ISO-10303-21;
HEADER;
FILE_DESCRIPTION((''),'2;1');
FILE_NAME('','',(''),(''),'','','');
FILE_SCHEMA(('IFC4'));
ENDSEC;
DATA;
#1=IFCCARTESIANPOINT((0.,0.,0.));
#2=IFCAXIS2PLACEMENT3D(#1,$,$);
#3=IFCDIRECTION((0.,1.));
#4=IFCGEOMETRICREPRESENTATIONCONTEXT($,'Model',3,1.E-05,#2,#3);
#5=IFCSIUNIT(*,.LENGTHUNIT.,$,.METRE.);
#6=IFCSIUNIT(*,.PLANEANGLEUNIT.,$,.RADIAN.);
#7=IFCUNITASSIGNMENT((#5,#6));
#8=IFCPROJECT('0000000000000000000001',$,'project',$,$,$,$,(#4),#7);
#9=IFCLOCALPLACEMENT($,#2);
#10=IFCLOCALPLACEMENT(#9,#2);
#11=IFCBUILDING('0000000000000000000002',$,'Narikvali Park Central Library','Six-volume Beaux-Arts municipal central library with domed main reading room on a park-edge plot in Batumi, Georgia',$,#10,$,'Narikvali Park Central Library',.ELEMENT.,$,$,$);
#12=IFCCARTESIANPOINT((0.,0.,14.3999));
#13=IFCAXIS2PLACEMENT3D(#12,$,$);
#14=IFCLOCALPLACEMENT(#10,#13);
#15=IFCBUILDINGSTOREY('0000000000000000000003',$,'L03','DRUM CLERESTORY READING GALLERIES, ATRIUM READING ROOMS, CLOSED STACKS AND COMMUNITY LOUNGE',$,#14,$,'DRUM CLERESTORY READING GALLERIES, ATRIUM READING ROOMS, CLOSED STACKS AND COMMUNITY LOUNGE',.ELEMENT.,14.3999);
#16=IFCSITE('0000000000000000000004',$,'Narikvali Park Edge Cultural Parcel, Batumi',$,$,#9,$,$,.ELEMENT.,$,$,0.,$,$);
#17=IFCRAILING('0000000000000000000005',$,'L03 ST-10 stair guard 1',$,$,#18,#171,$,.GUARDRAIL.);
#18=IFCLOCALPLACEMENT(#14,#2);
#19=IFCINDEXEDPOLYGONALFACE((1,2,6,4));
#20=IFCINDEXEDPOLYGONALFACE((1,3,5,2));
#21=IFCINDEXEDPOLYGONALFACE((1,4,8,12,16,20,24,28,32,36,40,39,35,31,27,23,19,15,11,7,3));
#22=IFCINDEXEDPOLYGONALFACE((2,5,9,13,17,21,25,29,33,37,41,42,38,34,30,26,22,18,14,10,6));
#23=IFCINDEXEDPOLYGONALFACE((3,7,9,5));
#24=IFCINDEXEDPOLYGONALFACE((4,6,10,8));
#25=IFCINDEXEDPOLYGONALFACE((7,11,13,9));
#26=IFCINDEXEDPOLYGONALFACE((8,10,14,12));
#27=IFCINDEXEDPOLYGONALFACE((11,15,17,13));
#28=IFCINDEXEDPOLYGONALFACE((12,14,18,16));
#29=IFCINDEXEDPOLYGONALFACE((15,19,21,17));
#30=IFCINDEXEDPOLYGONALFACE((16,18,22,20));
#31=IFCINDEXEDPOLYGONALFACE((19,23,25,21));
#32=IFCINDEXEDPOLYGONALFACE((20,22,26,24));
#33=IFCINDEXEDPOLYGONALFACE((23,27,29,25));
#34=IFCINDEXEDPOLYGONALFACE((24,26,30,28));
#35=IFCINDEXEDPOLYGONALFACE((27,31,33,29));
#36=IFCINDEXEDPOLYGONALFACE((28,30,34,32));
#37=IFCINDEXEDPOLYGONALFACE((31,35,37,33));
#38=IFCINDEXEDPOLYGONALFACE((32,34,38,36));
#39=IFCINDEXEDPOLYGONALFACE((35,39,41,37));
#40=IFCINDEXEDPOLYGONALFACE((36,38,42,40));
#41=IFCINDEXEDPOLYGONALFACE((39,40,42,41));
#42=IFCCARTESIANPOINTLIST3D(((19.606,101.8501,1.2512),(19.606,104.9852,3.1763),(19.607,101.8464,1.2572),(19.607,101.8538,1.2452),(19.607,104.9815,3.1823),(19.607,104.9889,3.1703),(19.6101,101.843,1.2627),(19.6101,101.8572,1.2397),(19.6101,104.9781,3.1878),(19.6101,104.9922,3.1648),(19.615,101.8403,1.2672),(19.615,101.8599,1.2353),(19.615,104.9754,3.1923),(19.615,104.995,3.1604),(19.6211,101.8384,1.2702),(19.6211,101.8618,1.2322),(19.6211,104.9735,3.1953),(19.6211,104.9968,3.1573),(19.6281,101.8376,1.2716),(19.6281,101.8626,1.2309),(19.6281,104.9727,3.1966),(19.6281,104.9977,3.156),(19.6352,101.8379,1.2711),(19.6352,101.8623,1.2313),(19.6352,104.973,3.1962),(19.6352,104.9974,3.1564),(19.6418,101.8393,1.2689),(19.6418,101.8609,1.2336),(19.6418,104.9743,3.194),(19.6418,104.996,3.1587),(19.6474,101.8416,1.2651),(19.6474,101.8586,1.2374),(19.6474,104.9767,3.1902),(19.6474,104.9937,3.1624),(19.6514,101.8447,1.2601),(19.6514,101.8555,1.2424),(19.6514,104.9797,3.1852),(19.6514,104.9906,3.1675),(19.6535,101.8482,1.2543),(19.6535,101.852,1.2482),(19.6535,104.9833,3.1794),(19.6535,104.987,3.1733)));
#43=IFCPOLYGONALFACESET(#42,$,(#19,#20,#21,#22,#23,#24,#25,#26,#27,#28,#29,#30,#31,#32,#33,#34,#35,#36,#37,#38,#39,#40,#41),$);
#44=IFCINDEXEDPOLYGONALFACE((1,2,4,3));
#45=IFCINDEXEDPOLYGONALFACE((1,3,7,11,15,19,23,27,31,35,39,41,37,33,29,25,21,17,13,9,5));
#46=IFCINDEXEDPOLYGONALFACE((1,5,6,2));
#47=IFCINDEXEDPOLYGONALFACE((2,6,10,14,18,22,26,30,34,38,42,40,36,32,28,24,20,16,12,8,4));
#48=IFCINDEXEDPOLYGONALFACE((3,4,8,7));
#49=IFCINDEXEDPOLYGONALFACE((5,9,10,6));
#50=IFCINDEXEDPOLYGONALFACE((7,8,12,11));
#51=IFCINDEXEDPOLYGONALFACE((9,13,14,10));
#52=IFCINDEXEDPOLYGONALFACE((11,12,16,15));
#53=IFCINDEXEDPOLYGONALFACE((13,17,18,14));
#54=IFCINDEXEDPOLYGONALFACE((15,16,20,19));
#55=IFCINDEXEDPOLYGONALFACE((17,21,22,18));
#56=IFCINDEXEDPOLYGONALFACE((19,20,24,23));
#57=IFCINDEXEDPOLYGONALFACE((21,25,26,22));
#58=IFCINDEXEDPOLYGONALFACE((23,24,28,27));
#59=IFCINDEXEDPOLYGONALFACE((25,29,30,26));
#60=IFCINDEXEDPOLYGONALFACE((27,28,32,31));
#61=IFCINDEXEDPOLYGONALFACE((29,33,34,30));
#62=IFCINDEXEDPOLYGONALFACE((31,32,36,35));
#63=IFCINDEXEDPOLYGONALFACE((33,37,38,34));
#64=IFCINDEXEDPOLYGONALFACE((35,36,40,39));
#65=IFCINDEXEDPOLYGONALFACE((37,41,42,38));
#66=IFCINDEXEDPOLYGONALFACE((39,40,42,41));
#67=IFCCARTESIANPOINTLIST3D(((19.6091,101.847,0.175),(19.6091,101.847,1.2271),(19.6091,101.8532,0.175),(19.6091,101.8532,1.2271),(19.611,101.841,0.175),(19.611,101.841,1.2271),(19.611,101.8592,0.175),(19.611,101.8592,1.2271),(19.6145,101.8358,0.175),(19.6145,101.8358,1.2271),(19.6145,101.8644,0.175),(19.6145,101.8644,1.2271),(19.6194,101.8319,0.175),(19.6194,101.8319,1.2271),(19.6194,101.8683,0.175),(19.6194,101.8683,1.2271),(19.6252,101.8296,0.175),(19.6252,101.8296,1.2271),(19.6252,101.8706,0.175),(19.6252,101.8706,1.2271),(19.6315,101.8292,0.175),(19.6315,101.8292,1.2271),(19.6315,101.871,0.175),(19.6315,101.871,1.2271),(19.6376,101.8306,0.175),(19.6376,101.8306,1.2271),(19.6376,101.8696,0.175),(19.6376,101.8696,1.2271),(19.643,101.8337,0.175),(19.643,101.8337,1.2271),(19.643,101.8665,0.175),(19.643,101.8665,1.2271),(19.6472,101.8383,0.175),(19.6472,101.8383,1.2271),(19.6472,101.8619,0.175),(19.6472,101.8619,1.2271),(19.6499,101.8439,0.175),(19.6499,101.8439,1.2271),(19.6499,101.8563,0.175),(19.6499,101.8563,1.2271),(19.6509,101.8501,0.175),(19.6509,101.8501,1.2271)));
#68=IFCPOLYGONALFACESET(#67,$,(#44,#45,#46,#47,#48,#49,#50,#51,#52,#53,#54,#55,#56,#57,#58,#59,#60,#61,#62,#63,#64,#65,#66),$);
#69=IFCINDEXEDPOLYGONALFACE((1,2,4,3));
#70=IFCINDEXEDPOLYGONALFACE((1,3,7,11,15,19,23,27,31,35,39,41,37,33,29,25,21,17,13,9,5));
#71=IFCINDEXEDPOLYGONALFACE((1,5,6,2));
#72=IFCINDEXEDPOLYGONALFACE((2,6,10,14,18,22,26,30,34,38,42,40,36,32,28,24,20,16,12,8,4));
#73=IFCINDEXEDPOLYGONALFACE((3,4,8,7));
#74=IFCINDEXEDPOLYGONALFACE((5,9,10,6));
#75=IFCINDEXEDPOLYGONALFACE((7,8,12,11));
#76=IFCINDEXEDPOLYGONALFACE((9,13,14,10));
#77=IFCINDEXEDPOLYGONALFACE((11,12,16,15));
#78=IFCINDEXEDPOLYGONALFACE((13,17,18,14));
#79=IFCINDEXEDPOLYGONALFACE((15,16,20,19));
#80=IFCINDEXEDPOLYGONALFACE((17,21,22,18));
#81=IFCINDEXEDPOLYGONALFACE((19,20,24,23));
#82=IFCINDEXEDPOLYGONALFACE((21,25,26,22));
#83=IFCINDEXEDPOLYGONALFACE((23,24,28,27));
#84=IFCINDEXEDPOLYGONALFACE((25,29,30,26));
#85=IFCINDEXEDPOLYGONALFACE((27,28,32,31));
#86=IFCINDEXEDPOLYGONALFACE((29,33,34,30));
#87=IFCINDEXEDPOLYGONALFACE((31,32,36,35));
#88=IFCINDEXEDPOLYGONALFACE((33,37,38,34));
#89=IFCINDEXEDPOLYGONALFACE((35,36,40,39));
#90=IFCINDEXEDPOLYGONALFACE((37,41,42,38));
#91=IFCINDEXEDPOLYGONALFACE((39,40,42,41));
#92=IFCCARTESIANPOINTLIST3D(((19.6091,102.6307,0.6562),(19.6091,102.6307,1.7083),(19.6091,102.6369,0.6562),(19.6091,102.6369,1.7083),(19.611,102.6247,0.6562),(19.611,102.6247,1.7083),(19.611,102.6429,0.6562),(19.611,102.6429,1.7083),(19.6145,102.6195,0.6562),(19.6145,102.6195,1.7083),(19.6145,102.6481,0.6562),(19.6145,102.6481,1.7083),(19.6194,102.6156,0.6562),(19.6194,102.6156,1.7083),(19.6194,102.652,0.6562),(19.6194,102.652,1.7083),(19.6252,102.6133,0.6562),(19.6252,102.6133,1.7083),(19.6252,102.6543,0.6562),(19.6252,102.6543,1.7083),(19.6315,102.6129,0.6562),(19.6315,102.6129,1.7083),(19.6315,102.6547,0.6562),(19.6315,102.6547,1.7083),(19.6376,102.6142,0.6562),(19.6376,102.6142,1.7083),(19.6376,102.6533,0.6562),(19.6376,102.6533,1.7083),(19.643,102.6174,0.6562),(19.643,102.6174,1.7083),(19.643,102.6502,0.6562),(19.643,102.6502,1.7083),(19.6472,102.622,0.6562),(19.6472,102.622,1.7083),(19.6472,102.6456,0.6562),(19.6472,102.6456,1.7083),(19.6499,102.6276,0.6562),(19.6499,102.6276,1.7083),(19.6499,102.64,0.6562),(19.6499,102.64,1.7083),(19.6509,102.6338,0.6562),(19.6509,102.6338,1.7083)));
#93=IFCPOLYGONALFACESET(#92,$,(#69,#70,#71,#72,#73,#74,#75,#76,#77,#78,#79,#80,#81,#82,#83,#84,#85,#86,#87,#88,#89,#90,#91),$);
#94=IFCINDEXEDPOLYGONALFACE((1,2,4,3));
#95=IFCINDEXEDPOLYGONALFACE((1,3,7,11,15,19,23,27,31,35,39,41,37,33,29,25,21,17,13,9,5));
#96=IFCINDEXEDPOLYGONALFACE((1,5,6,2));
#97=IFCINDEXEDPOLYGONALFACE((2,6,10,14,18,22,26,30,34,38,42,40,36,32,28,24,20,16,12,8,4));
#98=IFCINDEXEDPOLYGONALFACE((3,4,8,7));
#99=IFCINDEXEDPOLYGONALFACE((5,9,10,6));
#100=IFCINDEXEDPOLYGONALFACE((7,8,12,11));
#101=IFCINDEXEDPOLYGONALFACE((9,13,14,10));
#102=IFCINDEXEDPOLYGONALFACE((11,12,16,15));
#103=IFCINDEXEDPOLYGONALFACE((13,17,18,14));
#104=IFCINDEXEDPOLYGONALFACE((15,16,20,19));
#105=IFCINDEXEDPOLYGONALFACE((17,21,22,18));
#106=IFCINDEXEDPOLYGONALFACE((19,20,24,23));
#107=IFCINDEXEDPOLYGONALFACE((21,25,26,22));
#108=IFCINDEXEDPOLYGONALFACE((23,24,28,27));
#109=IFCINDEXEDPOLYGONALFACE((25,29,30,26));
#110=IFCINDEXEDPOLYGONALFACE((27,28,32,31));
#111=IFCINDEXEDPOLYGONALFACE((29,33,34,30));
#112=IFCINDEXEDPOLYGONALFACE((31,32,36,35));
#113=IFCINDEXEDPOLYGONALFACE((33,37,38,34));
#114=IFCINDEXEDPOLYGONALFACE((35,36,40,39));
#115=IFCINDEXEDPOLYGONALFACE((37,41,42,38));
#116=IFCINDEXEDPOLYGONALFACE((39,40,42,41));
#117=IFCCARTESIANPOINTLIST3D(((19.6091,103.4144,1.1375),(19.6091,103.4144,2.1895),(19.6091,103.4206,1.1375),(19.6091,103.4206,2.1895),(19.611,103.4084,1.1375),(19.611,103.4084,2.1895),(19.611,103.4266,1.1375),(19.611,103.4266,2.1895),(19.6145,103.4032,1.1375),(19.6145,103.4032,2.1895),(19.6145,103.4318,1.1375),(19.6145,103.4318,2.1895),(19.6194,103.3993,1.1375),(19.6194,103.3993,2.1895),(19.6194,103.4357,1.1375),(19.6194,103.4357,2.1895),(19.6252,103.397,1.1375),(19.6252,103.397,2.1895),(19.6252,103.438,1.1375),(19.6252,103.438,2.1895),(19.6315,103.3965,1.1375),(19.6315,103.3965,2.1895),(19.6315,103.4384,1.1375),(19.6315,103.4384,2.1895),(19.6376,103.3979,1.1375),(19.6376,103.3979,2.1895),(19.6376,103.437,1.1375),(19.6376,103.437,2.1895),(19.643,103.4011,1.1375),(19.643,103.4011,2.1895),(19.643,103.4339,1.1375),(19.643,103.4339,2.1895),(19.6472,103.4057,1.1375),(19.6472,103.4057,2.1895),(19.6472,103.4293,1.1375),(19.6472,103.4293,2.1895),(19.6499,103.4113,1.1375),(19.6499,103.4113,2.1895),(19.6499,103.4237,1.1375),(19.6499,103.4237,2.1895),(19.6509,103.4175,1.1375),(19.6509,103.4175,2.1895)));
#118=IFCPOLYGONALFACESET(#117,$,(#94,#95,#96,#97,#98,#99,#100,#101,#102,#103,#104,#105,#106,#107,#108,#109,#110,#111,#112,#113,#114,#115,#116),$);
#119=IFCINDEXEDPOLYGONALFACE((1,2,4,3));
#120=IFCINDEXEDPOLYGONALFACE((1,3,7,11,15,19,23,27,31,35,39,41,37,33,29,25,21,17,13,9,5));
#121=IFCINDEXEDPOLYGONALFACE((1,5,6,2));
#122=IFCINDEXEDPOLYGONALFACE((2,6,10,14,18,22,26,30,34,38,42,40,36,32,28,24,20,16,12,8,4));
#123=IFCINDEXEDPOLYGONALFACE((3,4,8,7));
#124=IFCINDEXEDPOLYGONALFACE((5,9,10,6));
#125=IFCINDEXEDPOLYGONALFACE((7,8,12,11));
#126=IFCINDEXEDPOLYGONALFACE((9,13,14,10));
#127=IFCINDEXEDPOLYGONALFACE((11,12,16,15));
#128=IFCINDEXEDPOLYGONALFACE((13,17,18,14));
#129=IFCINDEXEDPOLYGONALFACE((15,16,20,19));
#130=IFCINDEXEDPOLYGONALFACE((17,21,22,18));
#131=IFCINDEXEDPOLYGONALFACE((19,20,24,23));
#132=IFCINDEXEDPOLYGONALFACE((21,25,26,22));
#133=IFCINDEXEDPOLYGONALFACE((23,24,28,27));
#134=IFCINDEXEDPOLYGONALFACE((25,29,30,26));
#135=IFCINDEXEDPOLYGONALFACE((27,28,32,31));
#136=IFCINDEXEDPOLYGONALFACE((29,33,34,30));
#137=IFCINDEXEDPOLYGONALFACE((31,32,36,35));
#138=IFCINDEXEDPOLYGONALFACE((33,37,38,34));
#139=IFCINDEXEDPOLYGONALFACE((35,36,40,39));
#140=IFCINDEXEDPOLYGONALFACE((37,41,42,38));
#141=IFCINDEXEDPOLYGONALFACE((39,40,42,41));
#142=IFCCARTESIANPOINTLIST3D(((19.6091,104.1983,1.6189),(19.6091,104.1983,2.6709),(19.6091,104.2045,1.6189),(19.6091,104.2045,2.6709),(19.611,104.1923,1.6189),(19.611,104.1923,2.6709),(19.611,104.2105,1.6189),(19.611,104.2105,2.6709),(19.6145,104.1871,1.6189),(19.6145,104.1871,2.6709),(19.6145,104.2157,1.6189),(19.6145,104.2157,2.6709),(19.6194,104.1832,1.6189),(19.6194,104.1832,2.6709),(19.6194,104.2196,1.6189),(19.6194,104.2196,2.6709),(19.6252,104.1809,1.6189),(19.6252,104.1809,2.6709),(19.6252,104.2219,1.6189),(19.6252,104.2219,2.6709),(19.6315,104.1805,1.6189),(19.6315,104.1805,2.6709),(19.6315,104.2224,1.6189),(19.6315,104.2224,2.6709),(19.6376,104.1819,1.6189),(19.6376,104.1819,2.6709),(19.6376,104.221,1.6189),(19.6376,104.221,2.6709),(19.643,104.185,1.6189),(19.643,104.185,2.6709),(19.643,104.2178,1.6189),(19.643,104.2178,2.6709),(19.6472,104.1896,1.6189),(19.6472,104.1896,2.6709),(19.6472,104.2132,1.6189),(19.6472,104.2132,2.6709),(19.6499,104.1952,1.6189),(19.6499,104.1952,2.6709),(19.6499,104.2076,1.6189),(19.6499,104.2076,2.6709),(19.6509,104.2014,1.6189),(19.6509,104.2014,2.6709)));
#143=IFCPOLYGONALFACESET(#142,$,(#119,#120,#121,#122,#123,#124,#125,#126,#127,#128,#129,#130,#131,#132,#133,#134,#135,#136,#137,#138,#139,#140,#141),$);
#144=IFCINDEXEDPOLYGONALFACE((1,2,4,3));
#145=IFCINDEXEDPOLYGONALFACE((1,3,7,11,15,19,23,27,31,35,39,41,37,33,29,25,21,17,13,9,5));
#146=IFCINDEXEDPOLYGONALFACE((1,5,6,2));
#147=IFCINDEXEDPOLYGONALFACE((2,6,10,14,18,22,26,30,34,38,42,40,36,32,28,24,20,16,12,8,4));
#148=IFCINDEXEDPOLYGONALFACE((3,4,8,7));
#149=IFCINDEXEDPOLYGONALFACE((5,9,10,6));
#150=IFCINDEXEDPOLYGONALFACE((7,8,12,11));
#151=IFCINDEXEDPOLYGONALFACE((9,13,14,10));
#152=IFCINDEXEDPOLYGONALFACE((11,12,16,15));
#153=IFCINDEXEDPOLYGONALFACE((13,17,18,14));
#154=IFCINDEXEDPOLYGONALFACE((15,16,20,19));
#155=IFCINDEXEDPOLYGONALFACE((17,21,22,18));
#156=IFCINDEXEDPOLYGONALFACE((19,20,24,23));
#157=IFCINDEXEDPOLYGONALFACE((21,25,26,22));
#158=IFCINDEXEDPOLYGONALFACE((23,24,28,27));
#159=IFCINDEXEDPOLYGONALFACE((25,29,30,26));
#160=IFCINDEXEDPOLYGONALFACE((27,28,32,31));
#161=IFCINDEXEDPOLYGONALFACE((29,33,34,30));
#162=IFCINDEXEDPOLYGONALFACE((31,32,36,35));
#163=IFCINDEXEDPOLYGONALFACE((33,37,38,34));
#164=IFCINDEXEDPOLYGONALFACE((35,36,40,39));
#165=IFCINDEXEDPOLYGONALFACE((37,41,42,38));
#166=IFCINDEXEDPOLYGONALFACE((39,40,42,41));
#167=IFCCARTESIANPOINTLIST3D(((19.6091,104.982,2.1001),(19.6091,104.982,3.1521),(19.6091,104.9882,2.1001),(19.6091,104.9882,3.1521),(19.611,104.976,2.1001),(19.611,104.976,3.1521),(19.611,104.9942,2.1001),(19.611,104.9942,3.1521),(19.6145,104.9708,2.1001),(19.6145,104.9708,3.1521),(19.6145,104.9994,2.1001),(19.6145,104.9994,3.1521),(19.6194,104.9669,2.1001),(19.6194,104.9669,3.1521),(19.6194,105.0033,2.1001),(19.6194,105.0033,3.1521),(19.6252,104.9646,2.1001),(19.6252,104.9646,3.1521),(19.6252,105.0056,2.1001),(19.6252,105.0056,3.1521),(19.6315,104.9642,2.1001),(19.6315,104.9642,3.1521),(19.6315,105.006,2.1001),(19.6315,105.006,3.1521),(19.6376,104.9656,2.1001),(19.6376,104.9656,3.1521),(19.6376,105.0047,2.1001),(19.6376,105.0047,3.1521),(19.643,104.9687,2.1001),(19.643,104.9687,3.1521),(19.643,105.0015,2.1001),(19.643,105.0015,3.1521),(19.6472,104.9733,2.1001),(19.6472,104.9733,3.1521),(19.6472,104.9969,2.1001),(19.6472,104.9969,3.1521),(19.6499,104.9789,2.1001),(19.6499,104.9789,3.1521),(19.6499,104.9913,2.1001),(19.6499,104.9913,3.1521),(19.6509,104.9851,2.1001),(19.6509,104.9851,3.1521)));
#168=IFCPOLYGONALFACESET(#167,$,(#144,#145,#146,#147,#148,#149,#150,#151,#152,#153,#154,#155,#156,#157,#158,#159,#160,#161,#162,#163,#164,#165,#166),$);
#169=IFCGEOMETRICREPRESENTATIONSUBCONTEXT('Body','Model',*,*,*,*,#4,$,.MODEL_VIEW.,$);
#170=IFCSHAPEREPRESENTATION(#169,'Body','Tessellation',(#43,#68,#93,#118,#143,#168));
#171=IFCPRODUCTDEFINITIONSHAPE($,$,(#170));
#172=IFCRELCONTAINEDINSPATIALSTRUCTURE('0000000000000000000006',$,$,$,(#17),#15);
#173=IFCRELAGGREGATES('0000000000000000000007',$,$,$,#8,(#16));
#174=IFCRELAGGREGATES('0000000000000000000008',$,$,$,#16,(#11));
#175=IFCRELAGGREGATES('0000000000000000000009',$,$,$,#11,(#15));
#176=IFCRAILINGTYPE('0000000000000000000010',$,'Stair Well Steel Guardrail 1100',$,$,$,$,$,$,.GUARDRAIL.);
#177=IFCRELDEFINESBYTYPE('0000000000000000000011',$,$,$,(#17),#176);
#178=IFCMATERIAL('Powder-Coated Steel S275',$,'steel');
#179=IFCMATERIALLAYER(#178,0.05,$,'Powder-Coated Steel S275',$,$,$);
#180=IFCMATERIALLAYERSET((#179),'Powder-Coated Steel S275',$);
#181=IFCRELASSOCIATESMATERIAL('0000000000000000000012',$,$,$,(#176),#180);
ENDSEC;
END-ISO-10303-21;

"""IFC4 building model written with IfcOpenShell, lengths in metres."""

from ifc_helpers import new_model, si_unit, direction, frame, origin, origin_2d, place, context, subcontext, project, spatial, circle, extrude, material, layer, layer_set, type_object, element, save


model = new_model("IFC4")

# Units and contexts
model_context = context("Model", 3, precision=1e-05, world=origin(), true_north=direction((0.0, 1.0)))
body_context = subcontext(model_context, "Body", "Model", "MODEL_VIEW")
ifc_project = project(units=[si_unit("LENGTHUNIT", "METRE"), si_unit("PLANEANGLEUNIT", "RADIAN")], contexts=[model_context])

# Site, building, storey
site_placement = place(None, origin())
site = spatial("IfcSite", under=ifc_project, at=site_placement, Name="Narikvali Park Edge Cultural Parcel, Batumi", CompositionType="ELEMENT", RefElevation=0.0)
building_placement = place(site_placement, origin())
building = spatial("IfcBuilding", under=site, at=building_placement, Name="Narikvali Park Central Library", Description="Six-volume Beaux-Arts municipal central library with domed main reading room on a park-edge plot in Batumi, Georgia", LongName="Narikvali Park Central Library", CompositionType="ELEMENT")
storey_placement = place(building_placement, frame((0.0, 0.0, 14.3999)))
storey = spatial("IfcBuildingStorey", under=building, at=storey_placement, Name="L03", Description="DRUM CLERESTORY READING GALLERIES, ATRIUM READING ROOMS, CLOSED STACKS AND COMMUNITY LOUNGE", LongName="DRUM CLERESTORY READING GALLERIES, ATRIUM READING ROOMS, CLOSED STACKS AND COMMUNITY LOUNGE", CompositionType="ELEMENT", Elevation=14.3999)

# Railing
ifc_material_1 = material(Name="Powder-Coated Steel S275", Category="steel")
ifc_layer_1 = layer(ifc_material_1, 0.05, Name="Powder-Coated Steel S275")
ifc_layer_set_1 = layer_set([ifc_layer_1], Name="Powder-Coated Steel S275")
railing_type_1 = type_object("IfcRailingType", Name="Stair Well Steel Guardrail 1100", PredefinedType="GUARDRAIL", material=ifc_layer_set_1)
railing_1_placement = place(storey_placement, frame((19.6299, 101.8501, 0.175)))
element("IfcRailing", 1, at=railing_1_placement, inside=storey, type_object=railing_type_1, Name="L03 ST-10 stair guard 1", PredefinedType="GUARDRAIL", context=body_context, shape_type="SweptSolid", body=[
    extrude(circle(Radius=0.0239, at=origin_2d()), frame((0.0, 0.0, 1.0762), z_axis=(0.0, 0.852166, 0.523271), x_axis=(-1.0, 0.0, 0.0)), (0.0, 0.0, 1.0), 3.679),
    extrude(circle(Radius=0.021, at=origin_2d()), origin(), (0.0, 0.0, 1.0), 1.052),
    extrude(circle(Radius=0.021, at=origin_2d()), frame((0.0, 0.7837, 0.4812)), (0.0, 0.0, 1.0), 1.052),
    extrude(circle(Radius=0.021, at=origin_2d()), frame((0.0, 1.5674, 0.9624)), (0.0, 0.0, 1.0), 1.052),
    extrude(circle(Radius=0.021, at=origin_2d()), frame((0.0, 2.3513, 1.4438)), (0.0, 0.0, 1.0), 1.052),
    extrude(circle(Radius=0.021, at=origin_2d()), frame((0.0, 3.135, 1.925)), (0.0, 0.0, 1.0), 1.052),
])

save(model, "model.ifc")
